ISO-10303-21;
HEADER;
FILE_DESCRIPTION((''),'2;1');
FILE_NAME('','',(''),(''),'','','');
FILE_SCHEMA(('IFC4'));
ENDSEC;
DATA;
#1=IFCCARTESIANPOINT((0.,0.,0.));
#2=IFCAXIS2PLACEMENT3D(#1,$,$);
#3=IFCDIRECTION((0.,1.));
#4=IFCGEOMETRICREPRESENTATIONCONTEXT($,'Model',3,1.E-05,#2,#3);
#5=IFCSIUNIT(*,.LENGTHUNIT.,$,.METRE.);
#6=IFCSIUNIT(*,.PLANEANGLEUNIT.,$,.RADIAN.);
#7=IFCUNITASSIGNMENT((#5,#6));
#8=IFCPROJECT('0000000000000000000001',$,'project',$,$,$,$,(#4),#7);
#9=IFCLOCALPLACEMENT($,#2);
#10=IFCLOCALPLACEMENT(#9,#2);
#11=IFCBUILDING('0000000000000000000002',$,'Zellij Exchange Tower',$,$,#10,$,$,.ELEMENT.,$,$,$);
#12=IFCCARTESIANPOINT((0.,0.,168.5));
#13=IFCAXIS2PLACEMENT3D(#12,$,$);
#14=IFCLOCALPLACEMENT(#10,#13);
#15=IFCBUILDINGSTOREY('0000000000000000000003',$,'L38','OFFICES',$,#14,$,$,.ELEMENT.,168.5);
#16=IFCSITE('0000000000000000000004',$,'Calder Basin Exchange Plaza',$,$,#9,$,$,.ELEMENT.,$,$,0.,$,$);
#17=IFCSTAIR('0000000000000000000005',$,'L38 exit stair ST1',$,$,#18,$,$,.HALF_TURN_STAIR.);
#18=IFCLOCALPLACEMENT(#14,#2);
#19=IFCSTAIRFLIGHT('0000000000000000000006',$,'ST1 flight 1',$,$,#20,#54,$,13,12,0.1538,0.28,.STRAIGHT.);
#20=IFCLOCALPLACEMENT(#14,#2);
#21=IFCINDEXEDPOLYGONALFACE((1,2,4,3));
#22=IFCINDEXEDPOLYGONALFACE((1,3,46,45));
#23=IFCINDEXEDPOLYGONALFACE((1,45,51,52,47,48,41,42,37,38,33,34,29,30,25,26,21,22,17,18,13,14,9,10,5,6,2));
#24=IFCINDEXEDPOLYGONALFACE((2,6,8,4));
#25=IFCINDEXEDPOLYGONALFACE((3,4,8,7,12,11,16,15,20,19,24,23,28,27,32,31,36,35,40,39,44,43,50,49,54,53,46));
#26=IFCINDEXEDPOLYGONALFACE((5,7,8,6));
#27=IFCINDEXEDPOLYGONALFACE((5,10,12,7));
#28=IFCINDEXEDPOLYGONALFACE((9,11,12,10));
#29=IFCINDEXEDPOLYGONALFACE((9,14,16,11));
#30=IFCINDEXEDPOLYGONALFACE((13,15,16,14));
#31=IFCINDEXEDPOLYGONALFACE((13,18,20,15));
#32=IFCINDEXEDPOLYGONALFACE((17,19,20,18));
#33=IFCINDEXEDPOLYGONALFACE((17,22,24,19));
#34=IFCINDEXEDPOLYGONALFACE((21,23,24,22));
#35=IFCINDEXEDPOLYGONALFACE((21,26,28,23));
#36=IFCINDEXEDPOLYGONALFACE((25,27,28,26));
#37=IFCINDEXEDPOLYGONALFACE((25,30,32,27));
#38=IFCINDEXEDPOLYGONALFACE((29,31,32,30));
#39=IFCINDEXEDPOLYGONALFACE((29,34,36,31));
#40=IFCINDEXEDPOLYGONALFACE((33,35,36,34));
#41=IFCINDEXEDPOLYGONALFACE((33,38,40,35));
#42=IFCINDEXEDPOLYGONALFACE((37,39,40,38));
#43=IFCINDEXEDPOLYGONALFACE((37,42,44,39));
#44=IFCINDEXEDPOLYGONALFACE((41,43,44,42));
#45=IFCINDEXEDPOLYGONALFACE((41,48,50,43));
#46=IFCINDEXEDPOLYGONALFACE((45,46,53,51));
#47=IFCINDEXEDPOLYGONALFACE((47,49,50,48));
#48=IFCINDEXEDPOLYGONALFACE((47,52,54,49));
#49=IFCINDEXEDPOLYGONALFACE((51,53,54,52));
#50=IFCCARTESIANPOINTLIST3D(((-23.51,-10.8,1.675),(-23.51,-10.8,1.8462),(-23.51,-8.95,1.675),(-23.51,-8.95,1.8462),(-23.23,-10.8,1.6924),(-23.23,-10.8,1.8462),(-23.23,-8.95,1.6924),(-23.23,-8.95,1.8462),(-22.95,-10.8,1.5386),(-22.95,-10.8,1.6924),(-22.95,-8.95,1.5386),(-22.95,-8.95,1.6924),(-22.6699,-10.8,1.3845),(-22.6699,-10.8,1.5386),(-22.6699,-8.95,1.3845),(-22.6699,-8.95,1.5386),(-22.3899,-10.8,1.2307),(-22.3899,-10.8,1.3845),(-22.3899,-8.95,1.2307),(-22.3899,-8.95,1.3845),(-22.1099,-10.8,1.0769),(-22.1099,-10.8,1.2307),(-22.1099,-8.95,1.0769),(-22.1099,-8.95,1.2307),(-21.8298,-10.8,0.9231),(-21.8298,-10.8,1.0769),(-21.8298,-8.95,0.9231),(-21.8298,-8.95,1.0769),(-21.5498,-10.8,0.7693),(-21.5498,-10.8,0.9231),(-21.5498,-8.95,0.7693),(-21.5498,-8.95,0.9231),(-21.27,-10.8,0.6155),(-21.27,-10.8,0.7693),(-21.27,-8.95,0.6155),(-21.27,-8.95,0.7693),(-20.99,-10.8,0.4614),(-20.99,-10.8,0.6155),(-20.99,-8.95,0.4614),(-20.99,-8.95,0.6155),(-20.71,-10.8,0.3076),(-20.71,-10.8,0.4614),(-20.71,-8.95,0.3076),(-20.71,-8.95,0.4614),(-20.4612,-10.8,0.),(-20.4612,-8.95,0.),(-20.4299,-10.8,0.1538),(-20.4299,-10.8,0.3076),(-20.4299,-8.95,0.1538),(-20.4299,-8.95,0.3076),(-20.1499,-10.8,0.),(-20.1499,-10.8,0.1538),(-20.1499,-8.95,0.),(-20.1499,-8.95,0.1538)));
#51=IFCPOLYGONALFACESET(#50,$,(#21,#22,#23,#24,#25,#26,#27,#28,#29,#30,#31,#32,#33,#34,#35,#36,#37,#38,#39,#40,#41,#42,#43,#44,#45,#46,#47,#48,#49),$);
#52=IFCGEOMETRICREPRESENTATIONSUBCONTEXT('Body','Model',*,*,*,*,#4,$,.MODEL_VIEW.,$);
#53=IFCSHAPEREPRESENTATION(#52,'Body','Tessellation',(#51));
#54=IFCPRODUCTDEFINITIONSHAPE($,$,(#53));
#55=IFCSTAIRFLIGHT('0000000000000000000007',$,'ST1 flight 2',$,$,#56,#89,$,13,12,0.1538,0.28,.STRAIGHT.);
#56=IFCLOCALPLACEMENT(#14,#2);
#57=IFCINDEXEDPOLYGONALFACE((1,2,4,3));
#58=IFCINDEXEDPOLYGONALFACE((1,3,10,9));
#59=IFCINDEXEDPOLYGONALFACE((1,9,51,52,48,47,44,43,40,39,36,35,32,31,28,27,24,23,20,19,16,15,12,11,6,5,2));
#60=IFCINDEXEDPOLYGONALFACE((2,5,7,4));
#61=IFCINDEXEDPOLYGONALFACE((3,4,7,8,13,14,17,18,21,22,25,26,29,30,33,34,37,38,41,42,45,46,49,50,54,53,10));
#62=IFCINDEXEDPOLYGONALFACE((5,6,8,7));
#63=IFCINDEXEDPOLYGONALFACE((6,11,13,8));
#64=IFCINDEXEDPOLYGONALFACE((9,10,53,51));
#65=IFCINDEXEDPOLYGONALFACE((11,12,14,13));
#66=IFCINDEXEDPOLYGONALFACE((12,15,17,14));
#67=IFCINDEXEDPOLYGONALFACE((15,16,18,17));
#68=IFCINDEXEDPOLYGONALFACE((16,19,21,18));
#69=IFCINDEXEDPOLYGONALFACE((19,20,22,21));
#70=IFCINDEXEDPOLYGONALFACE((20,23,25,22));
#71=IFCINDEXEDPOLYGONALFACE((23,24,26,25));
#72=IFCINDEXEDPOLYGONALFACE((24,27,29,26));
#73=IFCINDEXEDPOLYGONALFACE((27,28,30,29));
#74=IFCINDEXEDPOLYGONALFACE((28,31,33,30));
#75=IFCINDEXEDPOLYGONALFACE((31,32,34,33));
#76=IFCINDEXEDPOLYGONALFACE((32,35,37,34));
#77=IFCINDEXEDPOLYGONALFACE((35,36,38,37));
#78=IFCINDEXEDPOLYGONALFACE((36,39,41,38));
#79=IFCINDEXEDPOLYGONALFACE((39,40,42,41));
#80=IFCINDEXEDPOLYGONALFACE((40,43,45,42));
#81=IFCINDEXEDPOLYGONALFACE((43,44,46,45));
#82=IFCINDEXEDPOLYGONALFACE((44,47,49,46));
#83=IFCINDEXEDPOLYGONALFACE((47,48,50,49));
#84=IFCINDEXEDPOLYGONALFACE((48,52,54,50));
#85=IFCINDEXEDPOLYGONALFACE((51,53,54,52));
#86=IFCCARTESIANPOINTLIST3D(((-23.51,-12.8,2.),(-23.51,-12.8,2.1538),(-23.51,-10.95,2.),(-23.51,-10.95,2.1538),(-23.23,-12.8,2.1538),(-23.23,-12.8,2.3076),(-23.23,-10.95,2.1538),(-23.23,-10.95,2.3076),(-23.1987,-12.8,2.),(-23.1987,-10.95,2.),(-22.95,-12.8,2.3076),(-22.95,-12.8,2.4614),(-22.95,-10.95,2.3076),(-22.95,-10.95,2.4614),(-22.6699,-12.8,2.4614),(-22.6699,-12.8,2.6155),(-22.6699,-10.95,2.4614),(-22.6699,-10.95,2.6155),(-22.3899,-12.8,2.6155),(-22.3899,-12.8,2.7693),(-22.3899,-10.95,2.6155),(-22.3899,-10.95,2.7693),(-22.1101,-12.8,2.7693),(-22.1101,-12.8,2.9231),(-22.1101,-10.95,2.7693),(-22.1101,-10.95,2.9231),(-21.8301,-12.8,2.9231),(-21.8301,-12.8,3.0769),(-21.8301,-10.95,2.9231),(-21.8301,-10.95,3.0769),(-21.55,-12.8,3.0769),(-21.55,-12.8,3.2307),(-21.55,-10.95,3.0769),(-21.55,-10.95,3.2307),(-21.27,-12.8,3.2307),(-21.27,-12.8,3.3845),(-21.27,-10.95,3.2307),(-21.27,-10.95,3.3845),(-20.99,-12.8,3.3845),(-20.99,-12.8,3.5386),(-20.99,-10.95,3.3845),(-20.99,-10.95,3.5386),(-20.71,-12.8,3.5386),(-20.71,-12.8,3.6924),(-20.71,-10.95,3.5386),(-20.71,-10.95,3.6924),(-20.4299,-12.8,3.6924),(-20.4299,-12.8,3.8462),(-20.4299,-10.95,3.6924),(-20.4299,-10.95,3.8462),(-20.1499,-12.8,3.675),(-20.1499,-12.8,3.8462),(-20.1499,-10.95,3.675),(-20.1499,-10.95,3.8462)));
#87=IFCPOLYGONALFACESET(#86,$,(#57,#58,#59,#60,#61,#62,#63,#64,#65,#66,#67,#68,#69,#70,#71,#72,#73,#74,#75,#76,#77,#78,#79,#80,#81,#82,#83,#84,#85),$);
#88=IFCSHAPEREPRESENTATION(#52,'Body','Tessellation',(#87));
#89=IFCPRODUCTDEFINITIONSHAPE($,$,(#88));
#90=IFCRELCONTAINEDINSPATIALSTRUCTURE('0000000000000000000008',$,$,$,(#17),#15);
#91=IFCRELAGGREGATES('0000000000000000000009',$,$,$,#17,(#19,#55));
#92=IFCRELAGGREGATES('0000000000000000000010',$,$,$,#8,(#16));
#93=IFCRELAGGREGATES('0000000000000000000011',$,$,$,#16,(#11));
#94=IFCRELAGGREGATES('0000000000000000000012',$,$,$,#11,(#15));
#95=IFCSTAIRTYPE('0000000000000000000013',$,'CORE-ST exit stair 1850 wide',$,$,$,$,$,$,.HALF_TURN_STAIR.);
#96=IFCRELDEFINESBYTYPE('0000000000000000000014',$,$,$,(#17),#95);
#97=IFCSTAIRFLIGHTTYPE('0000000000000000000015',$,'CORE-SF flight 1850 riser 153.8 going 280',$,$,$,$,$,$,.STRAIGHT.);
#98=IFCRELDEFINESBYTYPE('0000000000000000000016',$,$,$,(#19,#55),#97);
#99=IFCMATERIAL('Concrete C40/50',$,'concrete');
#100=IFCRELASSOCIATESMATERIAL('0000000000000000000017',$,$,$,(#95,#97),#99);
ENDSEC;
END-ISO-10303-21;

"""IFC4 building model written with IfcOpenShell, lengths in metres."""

from ifc_helpers import new_model, si_unit, direction, frame, origin, place, context, subcontext, project, spatial, polyline, outline, extrude, material, type_object, element, aggregate, save


model = new_model("IFC4")

# Units and contexts
model_context = context("Model", 3, precision=1e-05, world=origin(), true_north=direction((0.0, 1.0)))
body_context = subcontext(model_context, "Body", "Model", "MODEL_VIEW")
ifc_project = project(units=[si_unit("LENGTHUNIT", "METRE"), si_unit("PLANEANGLEUNIT", "RADIAN")], contexts=[model_context])

# Site, building, storey
site_placement = place(None, origin())
site = spatial("IfcSite", under=ifc_project, at=site_placement, Name="Calder Basin Exchange Plaza", CompositionType="ELEMENT", RefElevation=0.0)
building_placement = place(site_placement, origin())
building = spatial("IfcBuilding", under=site, at=building_placement, Name="Zellij Exchange Tower", CompositionType="ELEMENT")
storey_placement = place(building_placement, frame((0.0, 0.0, 168.5)))
storey = spatial("IfcBuildingStorey", under=building, at=storey_placement, Name="L38", Description="OFFICES", CompositionType="ELEMENT", Elevation=168.5)

# Stair, stair flights
ifc_material_1 = material(Name="Concrete C40/50", Category="concrete")
stair_type = type_object("IfcStairType", Name="CORE-ST exit stair 1850 wide", PredefinedType="HALF_TURN_STAIR", material=ifc_material_1)
stair_placement = place(storey_placement, origin())
stair = element("IfcStair", 1, at=stair_placement, inside=storey, type_object=stair_type, Name="L38 exit stair ST1", PredefinedType="HALF_TURN_STAIR")
stair_flight_type = type_object("IfcStairFlightType", Name="CORE-SF flight 1850 riser 153.8 going 280", PredefinedType="STRAIGHT", material=ifc_material_1)
stair_flight_1_placement = place(storey_placement, frame((-20.1499, -9.875, 0.0), z_axis=(0.0, 0.0, 1.0), x_axis=(-1.0, 0.0, 0.0)))
stair_flight_1 = element("IfcStairFlight", 2, at=stair_flight_1_placement, type_object=stair_flight_type, Name="ST1 flight 1", NumberOfRisers=13, NumberOfTreads=12, PredefinedType="STRAIGHT", RiserHeight=0.1538, TreadLength=0.28, context=body_context, shape_type="SweptSolid", body=[
    extrude(outline(polyline([(0.0, 0.0), (0.0, 0.1538), (0.28, 0.1538), (0.28, 0.3076), (0.5601, 0.3076), (0.5601, 0.4614), (0.8401, 0.4614), (0.8401, 0.6155), (1.1201, 0.6155), (1.1201, 0.7693), (1.3999, 0.7693), (1.3999, 0.9231), (1.6799, 0.9231), (1.6799, 1.0769), (1.96, 1.0769), (1.96, 1.2307), (2.24, 1.2307), (2.24, 1.3845), (2.52, 1.3845), (2.52, 1.5386), (2.8, 1.5386), (2.8, 1.6924), (3.0801, 1.6924), (3.0801, 1.8462), (3.3601, 1.8462), (3.3601, 2.0), (3.3601, 1.675), (0.3113, 0.0), (0.0, 0.0)])), frame((0.0, 0.925, 0.0), z_axis=(0.0, -1.0, 0.0), x_axis=(1.0, 0.0, 0.0)), (0.0, 0.0, 1.0), 1.8501),
])
stair_flight_2_placement = place(storey_placement, frame((-23.51, -11.875, 2.0), z_axis=(0.0, 0.0, 1.0), x_axis=(1.0, 0.0, 0.0)))
stair_flight_2 = element("IfcStairFlight", 3, at=stair_flight_2_placement, type_object=stair_flight_type, Name="ST1 flight 2", NumberOfRisers=13, NumberOfTreads=12, PredefinedType="STRAIGHT", RiserHeight=0.1538, TreadLength=0.28, context=body_context, shape_type="SweptSolid", body=[
    extrude(outline(polyline([(0.0, 0.0), (0.0, 0.1538), (0.28, 0.1538), (0.28, 0.3076), (0.5601, 0.3076), (0.5601, 0.4614), (0.8401, 0.4614), (0.8401, 0.6155), (1.1201, 0.6155), (1.1201, 0.7693), (1.3999, 0.7693), (1.3999, 0.9231), (1.6799, 0.9231), (1.6799, 1.0769), (1.96, 1.0769), (1.96, 1.2307), (2.24, 1.2307), (2.24, 1.3845), (2.52, 1.3845), (2.52, 1.5386), (2.8, 1.5386), (2.8, 1.6924), (3.0801, 1.6924), (3.0801, 1.8462), (3.3601, 1.8462), (3.3601, 2.0), (3.3601, 1.675), (0.3113, 0.0), (0.0, 0.0)])), frame((0.0, 0.925, 0.0), z_axis=(0.0, -1.0, 0.0), x_axis=(1.0, 0.0, 0.0)), (0.0, 0.0, 1.0), 1.8501),
])
aggregate(stair, [stair_flight_1, stair_flight_2])

save(model, "model.ifc")
